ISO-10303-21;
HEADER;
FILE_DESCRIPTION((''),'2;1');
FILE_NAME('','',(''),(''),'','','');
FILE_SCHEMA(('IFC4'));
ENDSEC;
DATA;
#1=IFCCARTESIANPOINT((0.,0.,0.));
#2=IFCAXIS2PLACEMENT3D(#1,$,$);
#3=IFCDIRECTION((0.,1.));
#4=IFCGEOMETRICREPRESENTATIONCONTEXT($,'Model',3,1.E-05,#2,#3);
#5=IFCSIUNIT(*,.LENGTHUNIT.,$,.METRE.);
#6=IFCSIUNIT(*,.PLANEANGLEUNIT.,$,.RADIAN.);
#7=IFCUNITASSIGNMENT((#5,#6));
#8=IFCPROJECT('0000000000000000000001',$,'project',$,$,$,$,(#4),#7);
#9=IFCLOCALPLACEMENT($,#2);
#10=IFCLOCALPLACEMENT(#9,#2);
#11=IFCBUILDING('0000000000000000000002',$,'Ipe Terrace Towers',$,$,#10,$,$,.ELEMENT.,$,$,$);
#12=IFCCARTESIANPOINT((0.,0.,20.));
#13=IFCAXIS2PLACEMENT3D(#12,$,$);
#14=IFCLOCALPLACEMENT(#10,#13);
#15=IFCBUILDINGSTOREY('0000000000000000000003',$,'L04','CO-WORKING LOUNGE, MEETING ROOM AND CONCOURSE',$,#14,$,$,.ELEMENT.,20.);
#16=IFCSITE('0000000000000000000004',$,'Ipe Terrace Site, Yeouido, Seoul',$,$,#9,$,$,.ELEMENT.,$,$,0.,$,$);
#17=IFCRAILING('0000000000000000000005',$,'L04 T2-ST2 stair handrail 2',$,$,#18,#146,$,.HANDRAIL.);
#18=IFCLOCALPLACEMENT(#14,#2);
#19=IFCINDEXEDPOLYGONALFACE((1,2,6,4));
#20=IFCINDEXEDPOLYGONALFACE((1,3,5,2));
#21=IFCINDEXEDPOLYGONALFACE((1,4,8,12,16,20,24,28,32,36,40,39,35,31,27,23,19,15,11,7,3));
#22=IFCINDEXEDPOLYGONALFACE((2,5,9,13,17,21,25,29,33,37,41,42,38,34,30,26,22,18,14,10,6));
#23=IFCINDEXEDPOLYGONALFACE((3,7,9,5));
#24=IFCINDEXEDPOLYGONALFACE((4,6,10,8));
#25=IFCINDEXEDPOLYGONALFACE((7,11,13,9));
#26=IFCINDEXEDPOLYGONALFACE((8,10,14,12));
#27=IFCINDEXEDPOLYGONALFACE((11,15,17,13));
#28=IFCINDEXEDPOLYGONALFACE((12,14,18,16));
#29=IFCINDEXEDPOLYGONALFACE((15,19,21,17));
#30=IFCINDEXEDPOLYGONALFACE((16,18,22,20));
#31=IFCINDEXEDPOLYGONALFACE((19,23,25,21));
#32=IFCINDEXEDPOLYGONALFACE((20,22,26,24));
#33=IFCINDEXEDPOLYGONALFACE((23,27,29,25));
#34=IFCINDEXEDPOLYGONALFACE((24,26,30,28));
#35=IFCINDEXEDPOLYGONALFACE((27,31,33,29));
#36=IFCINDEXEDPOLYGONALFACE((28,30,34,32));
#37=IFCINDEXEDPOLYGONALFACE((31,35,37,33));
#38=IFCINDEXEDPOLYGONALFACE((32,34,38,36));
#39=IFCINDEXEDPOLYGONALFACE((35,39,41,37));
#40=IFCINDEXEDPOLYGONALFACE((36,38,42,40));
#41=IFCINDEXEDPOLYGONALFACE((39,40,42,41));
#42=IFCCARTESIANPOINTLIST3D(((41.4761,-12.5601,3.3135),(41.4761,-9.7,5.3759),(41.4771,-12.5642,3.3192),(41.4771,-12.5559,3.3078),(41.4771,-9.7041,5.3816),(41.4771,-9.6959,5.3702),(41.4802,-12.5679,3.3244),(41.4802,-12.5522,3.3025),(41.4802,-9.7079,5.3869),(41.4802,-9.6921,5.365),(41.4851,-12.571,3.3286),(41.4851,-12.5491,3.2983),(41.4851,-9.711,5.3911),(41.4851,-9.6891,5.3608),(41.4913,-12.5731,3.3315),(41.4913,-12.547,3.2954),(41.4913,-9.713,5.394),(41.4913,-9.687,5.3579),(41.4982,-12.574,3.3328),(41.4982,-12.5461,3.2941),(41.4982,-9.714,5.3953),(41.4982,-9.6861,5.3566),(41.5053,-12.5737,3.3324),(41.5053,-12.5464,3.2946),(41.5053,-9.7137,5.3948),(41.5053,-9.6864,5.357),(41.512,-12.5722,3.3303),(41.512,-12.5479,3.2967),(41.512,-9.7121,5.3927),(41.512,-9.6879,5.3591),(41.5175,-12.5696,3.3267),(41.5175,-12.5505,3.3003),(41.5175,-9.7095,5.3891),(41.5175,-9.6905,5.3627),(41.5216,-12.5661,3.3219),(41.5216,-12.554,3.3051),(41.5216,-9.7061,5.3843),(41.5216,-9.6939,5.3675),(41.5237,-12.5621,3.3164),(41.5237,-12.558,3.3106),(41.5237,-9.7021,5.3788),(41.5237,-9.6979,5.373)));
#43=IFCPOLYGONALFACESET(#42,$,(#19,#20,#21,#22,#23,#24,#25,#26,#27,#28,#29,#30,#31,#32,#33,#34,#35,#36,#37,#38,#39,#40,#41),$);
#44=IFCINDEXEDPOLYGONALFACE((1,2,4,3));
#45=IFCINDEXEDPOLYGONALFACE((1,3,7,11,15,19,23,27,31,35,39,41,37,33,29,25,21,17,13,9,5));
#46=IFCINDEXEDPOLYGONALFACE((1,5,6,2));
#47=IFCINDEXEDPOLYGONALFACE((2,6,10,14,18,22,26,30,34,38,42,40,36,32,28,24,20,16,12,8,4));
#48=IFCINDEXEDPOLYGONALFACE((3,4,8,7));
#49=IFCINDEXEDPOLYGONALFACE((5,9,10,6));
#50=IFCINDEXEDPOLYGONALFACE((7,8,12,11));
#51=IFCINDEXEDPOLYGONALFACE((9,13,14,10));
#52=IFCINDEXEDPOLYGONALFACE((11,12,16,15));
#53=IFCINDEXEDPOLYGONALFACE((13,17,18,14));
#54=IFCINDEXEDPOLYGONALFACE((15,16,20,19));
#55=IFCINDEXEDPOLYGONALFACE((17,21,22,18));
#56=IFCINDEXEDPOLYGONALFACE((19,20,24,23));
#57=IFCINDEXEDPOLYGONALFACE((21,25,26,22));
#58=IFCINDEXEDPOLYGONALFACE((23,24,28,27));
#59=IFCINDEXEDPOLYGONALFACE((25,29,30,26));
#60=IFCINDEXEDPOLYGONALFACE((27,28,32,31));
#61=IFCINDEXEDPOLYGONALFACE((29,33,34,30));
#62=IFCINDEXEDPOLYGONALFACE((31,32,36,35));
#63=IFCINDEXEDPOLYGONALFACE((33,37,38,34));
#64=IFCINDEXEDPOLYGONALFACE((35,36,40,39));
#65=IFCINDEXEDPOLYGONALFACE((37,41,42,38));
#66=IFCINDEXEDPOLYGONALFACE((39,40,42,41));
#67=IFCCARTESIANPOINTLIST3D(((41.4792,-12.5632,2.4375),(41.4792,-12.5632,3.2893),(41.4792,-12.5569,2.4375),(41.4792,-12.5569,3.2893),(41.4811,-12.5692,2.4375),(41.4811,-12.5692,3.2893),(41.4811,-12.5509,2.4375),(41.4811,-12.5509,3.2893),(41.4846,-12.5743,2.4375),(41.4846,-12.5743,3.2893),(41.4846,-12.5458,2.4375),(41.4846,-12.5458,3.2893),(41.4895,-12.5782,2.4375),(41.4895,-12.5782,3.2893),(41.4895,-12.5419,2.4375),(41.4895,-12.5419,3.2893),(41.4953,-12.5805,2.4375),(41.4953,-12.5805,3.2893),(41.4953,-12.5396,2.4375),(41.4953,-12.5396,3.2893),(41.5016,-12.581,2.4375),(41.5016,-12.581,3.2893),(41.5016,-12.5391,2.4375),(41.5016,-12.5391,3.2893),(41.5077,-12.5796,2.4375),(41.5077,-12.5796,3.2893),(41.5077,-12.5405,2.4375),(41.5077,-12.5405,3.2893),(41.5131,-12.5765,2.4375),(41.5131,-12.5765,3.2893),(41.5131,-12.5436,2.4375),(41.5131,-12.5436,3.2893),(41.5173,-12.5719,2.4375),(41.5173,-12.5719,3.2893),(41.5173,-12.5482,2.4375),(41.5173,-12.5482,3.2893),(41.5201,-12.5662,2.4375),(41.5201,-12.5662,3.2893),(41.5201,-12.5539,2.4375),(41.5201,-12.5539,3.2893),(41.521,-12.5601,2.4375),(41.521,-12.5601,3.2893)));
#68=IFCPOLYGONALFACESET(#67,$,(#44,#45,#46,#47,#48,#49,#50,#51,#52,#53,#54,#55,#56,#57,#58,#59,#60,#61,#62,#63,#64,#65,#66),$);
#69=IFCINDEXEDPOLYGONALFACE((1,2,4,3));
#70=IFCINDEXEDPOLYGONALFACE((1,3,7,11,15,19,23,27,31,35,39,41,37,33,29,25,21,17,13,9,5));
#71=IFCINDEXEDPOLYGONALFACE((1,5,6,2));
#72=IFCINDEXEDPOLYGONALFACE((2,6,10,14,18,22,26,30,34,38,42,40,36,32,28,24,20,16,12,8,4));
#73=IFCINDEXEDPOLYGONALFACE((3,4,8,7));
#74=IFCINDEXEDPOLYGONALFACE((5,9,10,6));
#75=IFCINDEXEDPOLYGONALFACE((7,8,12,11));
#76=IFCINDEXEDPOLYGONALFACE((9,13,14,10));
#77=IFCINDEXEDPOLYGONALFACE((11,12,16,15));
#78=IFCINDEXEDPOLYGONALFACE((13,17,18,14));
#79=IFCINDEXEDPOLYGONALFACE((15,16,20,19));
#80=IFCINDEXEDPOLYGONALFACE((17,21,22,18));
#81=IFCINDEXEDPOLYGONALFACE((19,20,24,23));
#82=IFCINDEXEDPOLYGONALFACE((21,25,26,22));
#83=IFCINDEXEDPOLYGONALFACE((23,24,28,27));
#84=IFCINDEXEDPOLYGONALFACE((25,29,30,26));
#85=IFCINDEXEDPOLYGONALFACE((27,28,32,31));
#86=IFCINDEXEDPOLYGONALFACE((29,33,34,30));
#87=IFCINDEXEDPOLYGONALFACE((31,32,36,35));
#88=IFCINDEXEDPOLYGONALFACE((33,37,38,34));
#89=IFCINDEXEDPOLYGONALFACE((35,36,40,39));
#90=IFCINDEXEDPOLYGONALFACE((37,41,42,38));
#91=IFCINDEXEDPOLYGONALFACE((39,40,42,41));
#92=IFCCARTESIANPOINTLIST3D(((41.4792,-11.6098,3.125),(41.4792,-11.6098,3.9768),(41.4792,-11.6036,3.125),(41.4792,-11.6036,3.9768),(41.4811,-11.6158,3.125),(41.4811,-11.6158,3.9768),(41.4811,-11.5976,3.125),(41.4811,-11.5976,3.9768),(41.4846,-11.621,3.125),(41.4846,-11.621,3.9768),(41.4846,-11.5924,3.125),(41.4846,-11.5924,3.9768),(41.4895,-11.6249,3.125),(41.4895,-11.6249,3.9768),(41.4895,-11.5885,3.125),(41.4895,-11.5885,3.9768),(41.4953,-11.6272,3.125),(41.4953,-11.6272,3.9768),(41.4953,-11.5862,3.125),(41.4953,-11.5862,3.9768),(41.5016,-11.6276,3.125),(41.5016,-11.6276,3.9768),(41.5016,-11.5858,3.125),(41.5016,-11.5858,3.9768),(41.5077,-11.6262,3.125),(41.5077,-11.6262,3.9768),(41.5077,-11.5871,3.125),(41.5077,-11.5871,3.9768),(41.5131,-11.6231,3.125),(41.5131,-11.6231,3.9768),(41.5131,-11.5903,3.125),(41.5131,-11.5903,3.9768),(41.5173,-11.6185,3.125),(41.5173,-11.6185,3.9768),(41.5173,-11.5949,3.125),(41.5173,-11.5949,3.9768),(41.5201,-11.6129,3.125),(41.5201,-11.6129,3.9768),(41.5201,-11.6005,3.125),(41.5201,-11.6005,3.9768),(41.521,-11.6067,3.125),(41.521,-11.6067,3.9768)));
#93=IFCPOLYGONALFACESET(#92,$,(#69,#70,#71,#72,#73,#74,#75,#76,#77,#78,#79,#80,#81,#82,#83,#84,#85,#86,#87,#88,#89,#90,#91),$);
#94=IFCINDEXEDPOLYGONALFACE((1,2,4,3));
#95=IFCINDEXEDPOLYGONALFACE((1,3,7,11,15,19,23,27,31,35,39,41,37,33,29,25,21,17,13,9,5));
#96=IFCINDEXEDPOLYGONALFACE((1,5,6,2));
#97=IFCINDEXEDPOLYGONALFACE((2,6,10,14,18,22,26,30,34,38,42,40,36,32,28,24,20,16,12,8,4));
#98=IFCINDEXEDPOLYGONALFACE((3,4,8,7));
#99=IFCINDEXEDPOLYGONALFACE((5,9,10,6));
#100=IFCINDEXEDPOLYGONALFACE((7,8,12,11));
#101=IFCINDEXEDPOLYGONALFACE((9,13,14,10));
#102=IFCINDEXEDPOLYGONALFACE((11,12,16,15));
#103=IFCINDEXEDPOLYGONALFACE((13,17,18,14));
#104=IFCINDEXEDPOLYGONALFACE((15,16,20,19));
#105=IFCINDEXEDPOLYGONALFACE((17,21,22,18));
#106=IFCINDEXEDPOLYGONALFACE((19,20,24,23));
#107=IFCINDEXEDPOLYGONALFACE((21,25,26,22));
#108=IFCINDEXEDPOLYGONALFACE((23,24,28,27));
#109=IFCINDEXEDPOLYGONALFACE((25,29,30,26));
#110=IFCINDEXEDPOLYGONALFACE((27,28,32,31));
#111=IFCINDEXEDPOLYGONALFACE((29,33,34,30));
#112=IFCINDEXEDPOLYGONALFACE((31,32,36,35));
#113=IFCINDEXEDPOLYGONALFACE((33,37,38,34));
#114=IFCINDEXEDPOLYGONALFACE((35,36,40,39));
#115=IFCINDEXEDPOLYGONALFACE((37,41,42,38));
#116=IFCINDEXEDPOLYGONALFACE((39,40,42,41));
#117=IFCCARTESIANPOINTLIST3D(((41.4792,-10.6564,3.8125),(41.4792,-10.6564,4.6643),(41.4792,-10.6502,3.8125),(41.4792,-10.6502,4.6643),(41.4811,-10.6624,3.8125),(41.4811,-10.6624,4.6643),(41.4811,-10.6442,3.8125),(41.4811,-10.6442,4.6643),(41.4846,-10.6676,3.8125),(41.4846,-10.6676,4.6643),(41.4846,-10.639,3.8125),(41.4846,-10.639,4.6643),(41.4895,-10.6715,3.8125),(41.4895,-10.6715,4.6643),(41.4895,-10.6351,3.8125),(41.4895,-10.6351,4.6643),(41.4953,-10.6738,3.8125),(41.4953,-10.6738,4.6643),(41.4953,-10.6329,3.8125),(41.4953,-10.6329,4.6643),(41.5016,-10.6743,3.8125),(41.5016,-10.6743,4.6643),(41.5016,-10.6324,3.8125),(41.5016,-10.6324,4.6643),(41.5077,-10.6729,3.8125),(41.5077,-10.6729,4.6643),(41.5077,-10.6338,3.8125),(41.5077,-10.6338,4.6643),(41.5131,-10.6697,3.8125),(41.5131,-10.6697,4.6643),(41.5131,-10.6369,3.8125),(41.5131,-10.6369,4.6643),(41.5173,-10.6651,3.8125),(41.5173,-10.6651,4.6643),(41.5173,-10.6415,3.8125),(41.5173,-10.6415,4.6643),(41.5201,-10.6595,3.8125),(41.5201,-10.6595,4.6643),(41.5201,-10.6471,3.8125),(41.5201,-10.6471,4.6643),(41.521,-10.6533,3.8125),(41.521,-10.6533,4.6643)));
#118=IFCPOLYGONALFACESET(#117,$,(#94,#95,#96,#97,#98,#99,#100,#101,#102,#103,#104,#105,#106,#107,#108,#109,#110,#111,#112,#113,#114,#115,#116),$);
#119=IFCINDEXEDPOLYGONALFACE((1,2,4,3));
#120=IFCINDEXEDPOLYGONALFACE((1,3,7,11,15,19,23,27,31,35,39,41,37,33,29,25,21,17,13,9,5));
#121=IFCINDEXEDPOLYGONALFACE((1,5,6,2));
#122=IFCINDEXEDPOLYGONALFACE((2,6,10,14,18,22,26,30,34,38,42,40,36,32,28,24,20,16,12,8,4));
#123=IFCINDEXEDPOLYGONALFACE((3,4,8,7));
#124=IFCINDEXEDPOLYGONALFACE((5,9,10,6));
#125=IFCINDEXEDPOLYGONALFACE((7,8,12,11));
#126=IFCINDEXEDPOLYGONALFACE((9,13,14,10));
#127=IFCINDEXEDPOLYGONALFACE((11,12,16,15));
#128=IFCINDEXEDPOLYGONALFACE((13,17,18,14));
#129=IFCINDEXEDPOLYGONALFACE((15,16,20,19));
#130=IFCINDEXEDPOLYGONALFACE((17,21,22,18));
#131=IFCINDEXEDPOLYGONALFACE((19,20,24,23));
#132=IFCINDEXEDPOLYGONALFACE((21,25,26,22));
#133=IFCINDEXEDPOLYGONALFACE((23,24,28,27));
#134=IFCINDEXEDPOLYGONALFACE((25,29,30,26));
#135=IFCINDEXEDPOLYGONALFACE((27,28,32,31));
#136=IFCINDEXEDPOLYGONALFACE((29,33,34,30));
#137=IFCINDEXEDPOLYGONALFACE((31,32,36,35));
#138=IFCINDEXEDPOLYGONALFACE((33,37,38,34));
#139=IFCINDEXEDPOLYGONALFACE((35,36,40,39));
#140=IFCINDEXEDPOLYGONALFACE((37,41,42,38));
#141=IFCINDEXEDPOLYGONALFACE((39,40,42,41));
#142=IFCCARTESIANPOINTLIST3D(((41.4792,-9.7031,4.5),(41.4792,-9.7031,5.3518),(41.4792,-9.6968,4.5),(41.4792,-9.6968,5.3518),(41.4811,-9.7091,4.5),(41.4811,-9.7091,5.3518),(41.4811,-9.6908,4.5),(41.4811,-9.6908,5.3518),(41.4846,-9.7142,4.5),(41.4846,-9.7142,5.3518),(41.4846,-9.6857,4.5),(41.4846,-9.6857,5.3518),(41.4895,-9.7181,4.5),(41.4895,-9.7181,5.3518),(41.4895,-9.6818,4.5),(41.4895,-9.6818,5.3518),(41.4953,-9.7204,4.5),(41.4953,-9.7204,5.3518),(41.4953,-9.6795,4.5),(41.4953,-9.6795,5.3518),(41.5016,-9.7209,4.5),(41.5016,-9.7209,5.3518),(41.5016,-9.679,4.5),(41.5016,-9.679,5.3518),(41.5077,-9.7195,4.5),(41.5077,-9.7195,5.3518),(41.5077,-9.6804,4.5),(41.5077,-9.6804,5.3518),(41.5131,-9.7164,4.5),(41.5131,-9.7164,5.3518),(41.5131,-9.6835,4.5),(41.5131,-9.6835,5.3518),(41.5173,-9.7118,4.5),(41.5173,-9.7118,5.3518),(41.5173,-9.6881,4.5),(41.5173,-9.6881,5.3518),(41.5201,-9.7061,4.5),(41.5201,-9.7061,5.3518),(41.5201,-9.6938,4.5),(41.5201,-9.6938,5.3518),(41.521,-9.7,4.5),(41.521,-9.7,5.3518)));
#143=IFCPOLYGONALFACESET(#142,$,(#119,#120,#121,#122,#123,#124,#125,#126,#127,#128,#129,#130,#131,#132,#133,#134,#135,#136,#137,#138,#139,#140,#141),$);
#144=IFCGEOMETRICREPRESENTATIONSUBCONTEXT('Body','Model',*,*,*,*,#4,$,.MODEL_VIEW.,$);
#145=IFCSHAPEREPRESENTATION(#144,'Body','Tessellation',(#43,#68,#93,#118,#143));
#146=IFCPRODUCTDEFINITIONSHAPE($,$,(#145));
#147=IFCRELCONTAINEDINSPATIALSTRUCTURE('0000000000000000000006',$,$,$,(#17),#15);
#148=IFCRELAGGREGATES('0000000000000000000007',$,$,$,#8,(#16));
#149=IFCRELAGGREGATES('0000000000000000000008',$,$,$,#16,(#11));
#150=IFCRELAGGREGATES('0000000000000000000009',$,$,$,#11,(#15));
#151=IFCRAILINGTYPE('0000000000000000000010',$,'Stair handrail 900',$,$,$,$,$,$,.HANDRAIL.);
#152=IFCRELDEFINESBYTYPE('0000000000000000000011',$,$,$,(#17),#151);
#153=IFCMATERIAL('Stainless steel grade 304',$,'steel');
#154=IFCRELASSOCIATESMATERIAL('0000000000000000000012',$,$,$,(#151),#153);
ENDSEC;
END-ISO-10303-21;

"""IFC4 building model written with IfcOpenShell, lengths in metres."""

from ifc_helpers import new_model, si_unit, direction, frame, origin, origin_2d, place, context, subcontext, project, spatial, circle, extrude, material, type_object, element, save


model = new_model("IFC4")

# Units and contexts
model_context = context("Model", 3, precision=1e-05, world=origin(), true_north=direction((0.0, 1.0)))
body_context = subcontext(model_context, "Body", "Model", "MODEL_VIEW")
ifc_project = project(units=[si_unit("LENGTHUNIT", "METRE"), si_unit("PLANEANGLEUNIT", "RADIAN")], contexts=[model_context])

# Site, building, storey
site_placement = place(None, origin())
site = spatial("IfcSite", under=ifc_project, at=site_placement, Name="Ipe Terrace Site, Yeouido, Seoul", CompositionType="ELEMENT", RefElevation=0.0)
building_placement = place(site_placement, origin())
building = spatial("IfcBuilding", under=site, at=building_placement, Name="Ipe Terrace Towers", CompositionType="ELEMENT")
storey_placement = place(building_placement, frame((0.0, 0.0, 20.0)))
storey = spatial("IfcBuildingStorey", under=building, at=storey_placement, Name="L04", Description="CO-WORKING LOUNGE, MEETING ROOM AND CONCOURSE", CompositionType="ELEMENT", Elevation=20.0)

# Railing
ifc_material_1 = material(Name="Stainless steel grade 304", Category="steel")
railing_type_1 = type_object("IfcRailingType", Name="Stair handrail 900", PredefinedType="HANDRAIL", material=ifc_material_1)
railing_1_placement = place(storey_placement, frame((41.5, -12.5601, 2.4375)))
element("IfcRailing", 1, at=railing_1_placement, inside=storey, type_object=railing_type_1, Name="L04 T2-ST2 stair handrail 2", PredefinedType="HANDRAIL", context=body_context, shape_type="SweptSolid", body=[
    extrude(circle(Radius=0.0239, at=origin_2d()), frame((0.0, 0.0, 0.876), z_axis=(0.0, 0.811101, 0.584906), x_axis=(-1.0, 0.0, 0.0)), (0.0, 0.0, 1.0), 3.5261),
    extrude(circle(Radius=0.021, at=origin_2d()), origin(), (0.0, 0.0, 1.0), 0.8518),
    extrude(circle(Radius=0.021, at=origin_2d()), frame((0.0, 0.9534, 0.6875)), (0.0, 0.0, 1.0), 0.8518),
    extrude(circle(Radius=0.021, at=origin_2d()), frame((0.0, 1.9067, 1.375)), (0.0, 0.0, 1.0), 0.8518),
    extrude(circle(Radius=0.021, at=origin_2d()), frame((0.0, 2.8601, 2.0625)), (0.0, 0.0, 1.0), 0.8518),
])

save(model, "model.ifc")
